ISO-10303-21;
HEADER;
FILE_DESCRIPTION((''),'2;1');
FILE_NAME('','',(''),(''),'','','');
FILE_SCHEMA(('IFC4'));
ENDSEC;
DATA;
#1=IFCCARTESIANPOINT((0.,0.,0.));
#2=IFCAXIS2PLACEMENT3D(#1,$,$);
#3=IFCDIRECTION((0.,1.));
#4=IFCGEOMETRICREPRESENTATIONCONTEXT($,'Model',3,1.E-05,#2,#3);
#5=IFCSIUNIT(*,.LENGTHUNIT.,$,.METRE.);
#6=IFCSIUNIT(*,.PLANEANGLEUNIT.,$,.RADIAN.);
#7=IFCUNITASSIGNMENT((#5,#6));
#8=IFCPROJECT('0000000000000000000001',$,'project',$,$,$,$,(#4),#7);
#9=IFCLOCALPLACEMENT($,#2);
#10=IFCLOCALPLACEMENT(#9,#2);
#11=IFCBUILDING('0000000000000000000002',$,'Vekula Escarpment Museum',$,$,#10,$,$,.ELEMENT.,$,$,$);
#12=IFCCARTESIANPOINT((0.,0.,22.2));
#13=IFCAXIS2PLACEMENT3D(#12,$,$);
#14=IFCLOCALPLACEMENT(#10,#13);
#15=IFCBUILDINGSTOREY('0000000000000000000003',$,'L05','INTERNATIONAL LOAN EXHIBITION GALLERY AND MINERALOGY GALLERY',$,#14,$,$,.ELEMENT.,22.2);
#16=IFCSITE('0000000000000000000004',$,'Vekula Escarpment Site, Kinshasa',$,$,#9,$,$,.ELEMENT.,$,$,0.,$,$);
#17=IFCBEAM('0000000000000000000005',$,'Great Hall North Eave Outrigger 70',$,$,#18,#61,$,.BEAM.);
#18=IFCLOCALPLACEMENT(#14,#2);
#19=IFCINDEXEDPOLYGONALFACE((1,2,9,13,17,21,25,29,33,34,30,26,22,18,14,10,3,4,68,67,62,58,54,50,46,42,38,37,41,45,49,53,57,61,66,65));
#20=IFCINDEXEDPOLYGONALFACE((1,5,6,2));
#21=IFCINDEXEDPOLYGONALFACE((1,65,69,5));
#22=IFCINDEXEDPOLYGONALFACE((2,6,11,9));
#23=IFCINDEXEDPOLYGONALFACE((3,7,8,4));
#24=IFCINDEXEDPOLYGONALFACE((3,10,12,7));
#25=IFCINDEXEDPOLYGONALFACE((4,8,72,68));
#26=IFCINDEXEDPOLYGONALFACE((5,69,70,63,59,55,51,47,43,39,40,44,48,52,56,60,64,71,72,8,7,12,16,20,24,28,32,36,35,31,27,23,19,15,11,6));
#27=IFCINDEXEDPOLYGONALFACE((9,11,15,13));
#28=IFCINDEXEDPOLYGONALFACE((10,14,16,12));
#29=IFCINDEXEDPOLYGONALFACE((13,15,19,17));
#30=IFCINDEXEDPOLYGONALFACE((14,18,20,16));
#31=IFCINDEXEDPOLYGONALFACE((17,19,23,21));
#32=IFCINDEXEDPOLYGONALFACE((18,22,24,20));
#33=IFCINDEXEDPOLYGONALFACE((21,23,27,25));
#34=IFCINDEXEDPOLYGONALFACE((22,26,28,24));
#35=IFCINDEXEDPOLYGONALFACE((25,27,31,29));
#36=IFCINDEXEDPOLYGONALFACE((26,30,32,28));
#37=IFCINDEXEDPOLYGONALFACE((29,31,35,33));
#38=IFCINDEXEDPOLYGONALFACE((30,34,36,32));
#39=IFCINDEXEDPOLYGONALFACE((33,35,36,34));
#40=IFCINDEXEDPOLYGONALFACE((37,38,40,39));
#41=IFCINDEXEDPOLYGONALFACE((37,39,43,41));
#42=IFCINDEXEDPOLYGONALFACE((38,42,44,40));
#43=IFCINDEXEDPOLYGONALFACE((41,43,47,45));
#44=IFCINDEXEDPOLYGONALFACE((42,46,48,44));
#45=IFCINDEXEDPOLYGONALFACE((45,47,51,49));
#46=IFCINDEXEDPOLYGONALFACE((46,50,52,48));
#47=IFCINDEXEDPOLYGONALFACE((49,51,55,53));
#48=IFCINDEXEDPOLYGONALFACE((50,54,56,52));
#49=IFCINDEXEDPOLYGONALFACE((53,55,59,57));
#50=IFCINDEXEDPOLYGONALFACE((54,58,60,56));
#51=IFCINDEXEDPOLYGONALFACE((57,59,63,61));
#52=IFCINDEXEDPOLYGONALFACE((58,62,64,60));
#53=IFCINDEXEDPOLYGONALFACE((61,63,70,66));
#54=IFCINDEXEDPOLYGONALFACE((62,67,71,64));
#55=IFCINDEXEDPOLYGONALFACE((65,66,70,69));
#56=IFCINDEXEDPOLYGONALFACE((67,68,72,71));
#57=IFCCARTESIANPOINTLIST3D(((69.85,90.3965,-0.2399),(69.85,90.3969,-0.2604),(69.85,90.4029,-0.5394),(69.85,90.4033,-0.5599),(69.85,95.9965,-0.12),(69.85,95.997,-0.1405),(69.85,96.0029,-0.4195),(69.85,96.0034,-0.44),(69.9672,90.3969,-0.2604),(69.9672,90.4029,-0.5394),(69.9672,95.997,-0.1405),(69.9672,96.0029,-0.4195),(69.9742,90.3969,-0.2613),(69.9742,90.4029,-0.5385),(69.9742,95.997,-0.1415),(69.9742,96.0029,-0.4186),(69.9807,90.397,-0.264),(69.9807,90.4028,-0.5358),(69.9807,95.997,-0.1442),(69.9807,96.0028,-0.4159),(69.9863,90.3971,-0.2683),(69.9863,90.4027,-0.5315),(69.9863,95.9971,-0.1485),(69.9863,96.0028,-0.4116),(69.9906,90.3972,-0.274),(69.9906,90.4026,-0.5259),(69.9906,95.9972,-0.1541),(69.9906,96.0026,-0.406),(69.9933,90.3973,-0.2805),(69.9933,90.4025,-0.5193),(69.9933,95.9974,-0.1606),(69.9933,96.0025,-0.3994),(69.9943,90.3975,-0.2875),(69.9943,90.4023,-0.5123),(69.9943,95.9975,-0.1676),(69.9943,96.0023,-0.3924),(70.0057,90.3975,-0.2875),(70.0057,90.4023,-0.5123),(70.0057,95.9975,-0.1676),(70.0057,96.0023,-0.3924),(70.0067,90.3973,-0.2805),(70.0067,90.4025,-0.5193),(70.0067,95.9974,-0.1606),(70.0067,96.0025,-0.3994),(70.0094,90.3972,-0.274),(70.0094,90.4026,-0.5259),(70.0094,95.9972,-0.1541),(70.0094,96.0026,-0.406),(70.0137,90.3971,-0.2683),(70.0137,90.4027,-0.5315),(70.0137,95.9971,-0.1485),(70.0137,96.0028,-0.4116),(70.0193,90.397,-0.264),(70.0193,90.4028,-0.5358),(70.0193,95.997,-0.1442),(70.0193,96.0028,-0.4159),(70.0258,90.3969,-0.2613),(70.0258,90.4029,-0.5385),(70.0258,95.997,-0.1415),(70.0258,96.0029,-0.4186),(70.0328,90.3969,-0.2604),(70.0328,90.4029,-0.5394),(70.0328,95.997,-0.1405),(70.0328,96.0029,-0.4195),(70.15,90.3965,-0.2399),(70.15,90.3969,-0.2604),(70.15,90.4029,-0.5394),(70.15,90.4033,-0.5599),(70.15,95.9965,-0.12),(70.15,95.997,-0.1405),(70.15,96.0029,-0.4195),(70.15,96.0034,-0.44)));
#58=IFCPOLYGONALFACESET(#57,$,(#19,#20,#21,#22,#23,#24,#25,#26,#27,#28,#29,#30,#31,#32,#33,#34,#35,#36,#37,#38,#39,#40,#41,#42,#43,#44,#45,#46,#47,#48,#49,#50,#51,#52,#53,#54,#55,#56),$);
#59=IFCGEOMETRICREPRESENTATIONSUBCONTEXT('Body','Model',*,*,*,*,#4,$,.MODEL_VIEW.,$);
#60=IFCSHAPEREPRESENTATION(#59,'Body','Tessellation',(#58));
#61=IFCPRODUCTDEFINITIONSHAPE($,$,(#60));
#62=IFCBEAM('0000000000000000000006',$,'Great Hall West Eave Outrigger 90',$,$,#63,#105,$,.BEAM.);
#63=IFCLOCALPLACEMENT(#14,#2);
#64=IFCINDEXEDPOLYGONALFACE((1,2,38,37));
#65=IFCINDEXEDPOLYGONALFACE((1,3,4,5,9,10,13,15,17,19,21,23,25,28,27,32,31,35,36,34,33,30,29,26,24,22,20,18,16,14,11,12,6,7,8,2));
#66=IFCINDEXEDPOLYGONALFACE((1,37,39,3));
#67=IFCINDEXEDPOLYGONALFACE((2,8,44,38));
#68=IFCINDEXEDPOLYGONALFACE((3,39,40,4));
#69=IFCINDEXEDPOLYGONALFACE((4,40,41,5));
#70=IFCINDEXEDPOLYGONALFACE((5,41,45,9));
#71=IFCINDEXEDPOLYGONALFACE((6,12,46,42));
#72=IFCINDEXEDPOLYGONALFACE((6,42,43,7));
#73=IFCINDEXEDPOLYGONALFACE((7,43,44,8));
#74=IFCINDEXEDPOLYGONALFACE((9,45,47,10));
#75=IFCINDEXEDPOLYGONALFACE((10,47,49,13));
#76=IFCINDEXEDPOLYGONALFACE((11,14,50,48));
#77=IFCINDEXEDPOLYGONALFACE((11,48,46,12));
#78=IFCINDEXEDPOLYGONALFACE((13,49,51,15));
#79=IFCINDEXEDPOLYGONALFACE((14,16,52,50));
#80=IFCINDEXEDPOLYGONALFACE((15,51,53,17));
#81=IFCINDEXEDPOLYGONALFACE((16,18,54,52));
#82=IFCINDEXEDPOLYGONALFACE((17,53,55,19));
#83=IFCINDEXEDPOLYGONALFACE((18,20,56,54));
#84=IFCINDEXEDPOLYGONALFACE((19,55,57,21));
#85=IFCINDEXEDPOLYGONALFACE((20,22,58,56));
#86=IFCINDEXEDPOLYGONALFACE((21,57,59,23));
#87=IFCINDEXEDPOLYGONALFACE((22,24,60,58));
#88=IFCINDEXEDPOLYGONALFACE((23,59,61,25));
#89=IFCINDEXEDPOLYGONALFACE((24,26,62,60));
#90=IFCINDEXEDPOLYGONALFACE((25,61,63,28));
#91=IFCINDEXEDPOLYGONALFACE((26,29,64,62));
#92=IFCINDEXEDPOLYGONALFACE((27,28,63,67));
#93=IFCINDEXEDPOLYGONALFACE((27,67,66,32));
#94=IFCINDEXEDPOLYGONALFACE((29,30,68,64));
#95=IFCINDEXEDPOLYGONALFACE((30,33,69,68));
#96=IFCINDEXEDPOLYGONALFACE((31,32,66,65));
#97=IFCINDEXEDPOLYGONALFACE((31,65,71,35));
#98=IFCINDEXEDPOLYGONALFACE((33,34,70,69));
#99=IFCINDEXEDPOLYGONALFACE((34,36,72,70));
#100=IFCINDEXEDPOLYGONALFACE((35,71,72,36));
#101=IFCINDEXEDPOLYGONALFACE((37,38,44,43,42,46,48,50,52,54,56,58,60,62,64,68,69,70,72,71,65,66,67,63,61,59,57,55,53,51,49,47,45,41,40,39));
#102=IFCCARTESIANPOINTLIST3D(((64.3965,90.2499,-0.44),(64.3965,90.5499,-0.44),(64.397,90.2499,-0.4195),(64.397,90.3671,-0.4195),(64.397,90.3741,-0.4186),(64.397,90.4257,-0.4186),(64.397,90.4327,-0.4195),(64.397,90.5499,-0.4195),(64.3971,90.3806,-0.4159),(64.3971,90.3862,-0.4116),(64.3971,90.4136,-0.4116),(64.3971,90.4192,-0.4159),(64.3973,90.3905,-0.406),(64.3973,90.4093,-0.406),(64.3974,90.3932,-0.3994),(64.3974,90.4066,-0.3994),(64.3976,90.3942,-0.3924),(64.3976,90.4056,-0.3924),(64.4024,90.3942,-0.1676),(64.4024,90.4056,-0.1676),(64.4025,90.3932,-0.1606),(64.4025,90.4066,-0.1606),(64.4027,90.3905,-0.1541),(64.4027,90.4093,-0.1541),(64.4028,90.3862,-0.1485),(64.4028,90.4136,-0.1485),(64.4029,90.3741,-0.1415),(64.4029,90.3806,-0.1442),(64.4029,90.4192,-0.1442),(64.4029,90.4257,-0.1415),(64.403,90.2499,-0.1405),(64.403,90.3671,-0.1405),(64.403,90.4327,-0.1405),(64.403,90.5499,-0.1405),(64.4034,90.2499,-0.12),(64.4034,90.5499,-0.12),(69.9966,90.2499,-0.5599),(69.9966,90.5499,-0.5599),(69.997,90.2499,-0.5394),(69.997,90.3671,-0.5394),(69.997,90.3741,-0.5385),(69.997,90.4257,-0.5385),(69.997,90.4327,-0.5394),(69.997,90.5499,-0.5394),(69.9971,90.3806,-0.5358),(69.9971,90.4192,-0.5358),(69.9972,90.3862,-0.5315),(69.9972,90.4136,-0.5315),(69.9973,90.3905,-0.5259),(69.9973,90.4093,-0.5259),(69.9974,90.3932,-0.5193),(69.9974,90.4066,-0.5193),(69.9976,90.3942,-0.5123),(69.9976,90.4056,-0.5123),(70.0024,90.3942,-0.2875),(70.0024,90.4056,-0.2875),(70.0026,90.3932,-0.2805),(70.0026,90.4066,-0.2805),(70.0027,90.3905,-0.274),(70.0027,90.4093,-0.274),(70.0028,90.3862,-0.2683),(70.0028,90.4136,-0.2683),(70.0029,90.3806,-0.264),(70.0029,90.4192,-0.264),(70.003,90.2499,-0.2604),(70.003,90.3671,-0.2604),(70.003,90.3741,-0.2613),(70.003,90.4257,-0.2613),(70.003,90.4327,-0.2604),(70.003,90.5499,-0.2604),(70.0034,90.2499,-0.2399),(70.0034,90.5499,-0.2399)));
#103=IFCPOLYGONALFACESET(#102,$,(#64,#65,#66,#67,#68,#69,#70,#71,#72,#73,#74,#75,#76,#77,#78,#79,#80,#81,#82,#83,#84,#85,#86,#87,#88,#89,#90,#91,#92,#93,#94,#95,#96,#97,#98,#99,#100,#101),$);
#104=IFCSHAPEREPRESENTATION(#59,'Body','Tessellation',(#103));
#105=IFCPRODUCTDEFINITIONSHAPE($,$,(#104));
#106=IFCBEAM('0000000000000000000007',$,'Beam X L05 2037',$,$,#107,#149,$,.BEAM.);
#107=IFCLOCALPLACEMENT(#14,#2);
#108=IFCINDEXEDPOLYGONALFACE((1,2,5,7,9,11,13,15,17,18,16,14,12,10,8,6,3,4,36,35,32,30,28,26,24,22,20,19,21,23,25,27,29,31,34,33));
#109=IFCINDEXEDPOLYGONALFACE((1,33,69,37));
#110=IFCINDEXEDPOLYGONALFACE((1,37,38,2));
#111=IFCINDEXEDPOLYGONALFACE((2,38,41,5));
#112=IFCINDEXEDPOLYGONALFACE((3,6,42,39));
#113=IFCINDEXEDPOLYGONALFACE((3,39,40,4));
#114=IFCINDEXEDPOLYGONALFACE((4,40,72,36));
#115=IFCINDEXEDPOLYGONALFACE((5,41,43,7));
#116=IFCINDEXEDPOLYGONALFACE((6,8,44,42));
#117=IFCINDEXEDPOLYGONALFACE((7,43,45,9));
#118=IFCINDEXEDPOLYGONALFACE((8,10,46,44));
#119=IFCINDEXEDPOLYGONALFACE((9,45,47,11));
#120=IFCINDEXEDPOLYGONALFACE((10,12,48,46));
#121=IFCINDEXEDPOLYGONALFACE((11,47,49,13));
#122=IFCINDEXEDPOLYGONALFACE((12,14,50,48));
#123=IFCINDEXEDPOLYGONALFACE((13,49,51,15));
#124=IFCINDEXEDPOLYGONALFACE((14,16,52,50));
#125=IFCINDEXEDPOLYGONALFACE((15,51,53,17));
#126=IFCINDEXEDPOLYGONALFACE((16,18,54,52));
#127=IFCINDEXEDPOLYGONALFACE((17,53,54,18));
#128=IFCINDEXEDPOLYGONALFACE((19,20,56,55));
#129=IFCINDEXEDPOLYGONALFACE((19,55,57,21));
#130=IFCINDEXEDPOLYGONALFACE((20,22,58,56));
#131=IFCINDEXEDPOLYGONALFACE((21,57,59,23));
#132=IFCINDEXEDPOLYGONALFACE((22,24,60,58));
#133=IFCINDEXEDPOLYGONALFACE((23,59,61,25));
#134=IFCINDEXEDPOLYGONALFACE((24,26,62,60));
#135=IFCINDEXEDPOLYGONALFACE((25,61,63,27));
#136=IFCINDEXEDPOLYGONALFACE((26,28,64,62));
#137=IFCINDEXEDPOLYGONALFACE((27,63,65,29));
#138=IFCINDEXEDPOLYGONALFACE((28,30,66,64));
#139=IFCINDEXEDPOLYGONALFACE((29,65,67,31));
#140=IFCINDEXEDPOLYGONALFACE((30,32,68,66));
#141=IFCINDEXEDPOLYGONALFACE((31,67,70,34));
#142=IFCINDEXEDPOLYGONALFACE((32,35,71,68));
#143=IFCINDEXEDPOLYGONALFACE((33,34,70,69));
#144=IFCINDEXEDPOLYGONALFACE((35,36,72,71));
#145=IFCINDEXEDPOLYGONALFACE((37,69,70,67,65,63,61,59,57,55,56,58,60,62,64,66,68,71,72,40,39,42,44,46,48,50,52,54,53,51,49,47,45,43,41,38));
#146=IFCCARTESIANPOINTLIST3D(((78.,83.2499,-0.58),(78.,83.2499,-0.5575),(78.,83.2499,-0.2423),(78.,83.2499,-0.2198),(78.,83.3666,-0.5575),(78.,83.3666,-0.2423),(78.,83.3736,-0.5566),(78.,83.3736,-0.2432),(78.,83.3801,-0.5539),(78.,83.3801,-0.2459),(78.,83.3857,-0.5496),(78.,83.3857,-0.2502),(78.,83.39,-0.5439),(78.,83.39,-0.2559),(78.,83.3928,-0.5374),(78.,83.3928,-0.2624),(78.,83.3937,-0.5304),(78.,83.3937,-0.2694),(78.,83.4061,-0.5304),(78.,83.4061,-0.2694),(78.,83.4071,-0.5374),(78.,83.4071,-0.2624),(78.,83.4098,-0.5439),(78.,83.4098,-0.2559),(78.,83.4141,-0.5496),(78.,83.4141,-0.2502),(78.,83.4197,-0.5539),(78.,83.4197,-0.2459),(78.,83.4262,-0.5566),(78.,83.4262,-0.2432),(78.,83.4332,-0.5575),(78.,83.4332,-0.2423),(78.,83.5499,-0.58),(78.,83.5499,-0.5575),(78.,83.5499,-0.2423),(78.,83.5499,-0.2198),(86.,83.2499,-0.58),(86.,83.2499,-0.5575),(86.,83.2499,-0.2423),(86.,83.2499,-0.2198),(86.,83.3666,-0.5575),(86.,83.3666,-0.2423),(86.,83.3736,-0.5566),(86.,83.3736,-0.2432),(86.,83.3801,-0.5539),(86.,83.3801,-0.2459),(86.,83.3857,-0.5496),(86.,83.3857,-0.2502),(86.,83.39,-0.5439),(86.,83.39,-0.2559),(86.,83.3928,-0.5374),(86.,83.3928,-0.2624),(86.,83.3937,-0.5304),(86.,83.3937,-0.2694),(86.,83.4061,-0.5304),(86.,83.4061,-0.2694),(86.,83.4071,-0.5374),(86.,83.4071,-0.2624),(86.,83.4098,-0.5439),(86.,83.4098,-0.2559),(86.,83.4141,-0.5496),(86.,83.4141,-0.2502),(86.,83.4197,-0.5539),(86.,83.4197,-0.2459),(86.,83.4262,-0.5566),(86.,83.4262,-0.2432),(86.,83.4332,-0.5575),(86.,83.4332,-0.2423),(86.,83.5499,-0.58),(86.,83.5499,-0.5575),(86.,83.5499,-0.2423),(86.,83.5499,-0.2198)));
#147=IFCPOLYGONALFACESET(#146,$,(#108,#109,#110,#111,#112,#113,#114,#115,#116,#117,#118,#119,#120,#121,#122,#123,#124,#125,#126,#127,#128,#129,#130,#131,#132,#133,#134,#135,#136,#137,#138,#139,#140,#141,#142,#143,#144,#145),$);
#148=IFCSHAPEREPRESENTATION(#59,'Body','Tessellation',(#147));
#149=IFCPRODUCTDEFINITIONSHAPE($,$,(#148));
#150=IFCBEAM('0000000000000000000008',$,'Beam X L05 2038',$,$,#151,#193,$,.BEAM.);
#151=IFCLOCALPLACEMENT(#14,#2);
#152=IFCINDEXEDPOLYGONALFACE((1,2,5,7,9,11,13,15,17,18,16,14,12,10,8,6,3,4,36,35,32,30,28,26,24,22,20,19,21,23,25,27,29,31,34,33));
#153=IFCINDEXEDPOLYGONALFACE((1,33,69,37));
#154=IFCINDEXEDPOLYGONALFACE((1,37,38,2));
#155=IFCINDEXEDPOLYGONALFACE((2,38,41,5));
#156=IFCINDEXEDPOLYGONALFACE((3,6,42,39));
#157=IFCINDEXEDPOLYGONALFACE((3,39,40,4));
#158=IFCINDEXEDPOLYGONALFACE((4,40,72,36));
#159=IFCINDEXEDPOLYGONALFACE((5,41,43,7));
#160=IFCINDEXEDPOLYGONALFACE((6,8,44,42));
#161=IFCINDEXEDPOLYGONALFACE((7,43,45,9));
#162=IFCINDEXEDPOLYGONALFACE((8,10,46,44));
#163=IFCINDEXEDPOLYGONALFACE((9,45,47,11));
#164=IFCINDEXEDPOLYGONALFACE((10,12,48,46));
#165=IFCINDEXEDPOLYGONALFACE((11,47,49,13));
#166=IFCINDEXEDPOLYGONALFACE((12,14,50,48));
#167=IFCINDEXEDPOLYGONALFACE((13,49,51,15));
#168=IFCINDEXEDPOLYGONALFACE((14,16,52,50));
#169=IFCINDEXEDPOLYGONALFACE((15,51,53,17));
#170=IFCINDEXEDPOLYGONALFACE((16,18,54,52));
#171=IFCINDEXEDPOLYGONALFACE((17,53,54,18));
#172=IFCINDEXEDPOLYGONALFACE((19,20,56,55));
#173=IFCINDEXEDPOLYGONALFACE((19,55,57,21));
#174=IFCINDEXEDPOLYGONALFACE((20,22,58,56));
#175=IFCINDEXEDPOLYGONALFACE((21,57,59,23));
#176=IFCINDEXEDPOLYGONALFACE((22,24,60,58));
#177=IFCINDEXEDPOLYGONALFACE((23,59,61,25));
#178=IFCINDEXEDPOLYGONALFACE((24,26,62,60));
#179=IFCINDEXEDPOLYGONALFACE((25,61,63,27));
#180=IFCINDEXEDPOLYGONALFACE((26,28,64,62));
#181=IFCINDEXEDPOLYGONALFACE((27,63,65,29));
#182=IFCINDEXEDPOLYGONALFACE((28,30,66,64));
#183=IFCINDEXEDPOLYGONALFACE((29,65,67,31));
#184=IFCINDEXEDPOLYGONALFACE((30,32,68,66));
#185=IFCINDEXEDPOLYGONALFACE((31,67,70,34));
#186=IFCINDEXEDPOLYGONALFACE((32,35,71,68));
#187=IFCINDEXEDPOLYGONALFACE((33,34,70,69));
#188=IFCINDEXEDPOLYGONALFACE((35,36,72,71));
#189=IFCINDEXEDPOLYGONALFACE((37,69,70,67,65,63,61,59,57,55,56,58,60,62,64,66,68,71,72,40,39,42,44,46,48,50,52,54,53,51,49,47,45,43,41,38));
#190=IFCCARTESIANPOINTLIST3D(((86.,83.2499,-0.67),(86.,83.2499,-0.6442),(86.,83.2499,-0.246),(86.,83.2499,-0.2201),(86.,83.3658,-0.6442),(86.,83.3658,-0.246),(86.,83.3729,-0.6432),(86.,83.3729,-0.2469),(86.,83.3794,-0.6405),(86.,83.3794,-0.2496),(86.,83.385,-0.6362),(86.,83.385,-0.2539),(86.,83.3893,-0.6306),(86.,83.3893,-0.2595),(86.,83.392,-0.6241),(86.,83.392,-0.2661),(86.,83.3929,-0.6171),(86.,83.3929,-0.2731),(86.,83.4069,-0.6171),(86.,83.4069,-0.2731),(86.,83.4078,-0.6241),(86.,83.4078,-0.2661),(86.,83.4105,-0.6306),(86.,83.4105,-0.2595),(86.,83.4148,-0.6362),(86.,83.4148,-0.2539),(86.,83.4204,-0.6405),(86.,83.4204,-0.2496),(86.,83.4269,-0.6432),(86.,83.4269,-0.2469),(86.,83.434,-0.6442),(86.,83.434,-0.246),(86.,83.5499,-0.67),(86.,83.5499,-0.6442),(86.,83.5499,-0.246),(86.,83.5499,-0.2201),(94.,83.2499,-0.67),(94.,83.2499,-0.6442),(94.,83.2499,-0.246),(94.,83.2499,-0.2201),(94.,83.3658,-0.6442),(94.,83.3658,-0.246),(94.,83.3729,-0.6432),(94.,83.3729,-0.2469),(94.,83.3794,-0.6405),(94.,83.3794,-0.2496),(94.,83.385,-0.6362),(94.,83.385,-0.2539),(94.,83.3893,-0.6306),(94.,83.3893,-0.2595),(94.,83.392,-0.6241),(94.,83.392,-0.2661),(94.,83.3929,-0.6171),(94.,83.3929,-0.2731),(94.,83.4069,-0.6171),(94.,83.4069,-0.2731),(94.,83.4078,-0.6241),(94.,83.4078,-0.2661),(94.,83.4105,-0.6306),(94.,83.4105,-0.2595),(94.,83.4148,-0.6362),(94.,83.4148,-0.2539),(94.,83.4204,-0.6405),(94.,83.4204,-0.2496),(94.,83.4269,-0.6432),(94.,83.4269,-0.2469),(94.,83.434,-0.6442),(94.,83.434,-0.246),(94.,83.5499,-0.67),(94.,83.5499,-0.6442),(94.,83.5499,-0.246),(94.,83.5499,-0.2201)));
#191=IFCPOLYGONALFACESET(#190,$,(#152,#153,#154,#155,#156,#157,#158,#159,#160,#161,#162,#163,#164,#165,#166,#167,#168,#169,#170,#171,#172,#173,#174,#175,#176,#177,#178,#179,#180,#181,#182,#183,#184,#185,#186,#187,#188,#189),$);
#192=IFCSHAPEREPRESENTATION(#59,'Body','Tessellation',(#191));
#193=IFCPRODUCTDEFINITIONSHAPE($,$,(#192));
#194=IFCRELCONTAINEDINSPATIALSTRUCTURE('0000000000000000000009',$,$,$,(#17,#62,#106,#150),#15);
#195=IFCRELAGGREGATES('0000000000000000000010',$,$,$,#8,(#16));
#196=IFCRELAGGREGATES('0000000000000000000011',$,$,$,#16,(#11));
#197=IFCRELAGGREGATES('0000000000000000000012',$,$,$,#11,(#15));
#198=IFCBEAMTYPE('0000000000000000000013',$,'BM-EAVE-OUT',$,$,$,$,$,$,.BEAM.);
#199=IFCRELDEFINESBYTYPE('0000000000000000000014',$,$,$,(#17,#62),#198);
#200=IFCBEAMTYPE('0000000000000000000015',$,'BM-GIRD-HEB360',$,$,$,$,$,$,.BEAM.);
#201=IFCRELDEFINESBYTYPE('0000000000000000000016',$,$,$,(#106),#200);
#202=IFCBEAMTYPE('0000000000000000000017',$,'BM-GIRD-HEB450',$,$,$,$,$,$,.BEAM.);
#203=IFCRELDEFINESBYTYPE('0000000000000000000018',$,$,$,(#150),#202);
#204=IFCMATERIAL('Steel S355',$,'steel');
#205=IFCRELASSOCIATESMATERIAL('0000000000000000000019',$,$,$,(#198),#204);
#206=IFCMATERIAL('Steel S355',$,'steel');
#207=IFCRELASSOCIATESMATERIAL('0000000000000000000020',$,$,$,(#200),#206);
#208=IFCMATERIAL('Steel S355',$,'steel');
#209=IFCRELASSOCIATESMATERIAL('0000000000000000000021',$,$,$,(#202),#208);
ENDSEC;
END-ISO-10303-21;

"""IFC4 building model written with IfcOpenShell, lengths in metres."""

from ifc_helpers import new_model, si_unit, direction, frame, origin, origin_2d, place, context, subcontext, project, spatial, i_section, extrude, material, material_profile, profile_set, type_object, element, save


model = new_model("IFC4")

# Units and contexts
model_context = context("Model", 3, precision=1e-05, world=origin(), true_north=direction((0.0, 1.0)))
body_context = subcontext(model_context, "Body", "Model", "MODEL_VIEW")
ifc_project = project(units=[si_unit("LENGTHUNIT", "METRE"), si_unit("PLANEANGLEUNIT", "RADIAN")], contexts=[model_context])

# Site, building, storey
site_placement = place(None, origin())
site = spatial("IfcSite", under=ifc_project, at=site_placement, Name="Vekula Escarpment Site, Kinshasa", CompositionType="ELEMENT", RefElevation=0.0)
building_placement = place(site_placement, origin())
building = spatial("IfcBuilding", under=site, at=building_placement, Name="Vekula Escarpment Museum", CompositionType="ELEMENT")
storey_placement = place(building_placement, frame((0.0, 0.0, 22.2)))
storey = spatial("IfcBuildingStorey", under=building, at=storey_placement, Name="L05", Description="INTERNATIONAL LOAN EXHIBITION GALLERY AND MINERALOGY GALLERY", CompositionType="ELEMENT", Elevation=22.2)

# Beams
ifc_material_1 = material(Name="Steel S355", Category="steel")
ifc_material_profile_1 = material_profile(ifc_material_1, i_section(OverallWidth=0.3, OverallDepth=0.3201, WebThickness=0.0115, FlangeThickness=0.0205, FilletRadius=0.0271, at=origin_2d()), Name="HEB 320")
ifc_profile_set_1 = profile_set([ifc_material_profile_1], Name="Steel S355")
beam_type_1 = type_object("IfcBeamType", Name="BM-EAVE-OUT", PredefinedType="BEAM", material=ifc_profile_set_1)
for number, where, z_axis, x_axis, name in (
    (1, (70.0, 90.3999, -0.3999), (0.0, 0.999771, 0.021401), (-1.0, 0.0, 0.0), "Great Hall North Eave Outrigger 70"),
    (2, (70.0, 90.3999, -0.3999), (-0.999771, 0.0, 0.021401), (0.0, -1.0, 0.0), "Great Hall West Eave Outrigger 90"),
):
    element("IfcBeam", number, at=place(storey_placement, frame(where, z_axis=z_axis, x_axis=x_axis)), inside=storey, type_object=beam_type_1, Name=name, PredefinedType="BEAM", context=body_context, shape_type="SweptSolid", body=[
        extrude(i_section(OverallWidth=0.3, OverallDepth=0.3201, WebThickness=0.0115, FlangeThickness=0.0205, FilletRadius=0.0271, at=origin_2d()), origin(), (0.0, 0.0, 1.0), 5.6013),
    ])
ifc_material_2 = material(Name="Steel S355", Category="steel")
ifc_material_profile_2 = material_profile(ifc_material_2, i_section(OverallWidth=0.3, OverallDepth=0.3601, WebThickness=0.0125, FlangeThickness=0.0225, FilletRadius=0.0271, at=origin_2d()), Name="HEB 360")
ifc_profile_set_2 = profile_set([ifc_material_profile_2], Name="Steel S355")
beam_type_2 = type_object("IfcBeamType", Name="BM-GIRD-HEB360", PredefinedType="BEAM", material=ifc_profile_set_2)
beam_1_placement = place(storey_placement, frame((78.0, 83.3999, -0.3999), z_axis=(1.0, 0.0, 0.0), x_axis=(0.0, 1.0, 0.0)))
element("IfcBeam", 3, at=beam_1_placement, inside=storey, type_object=beam_type_2, Name="Beam X L05 2037", PredefinedType="BEAM", context=body_context, shape_type="SweptSolid", body=[
    extrude(i_section(OverallWidth=0.3, OverallDepth=0.3601, WebThickness=0.0125, FlangeThickness=0.0225, FilletRadius=0.0271, at=origin_2d()), origin(), (0.0, 0.0, 1.0), 8.0),
])
ifc_material_3 = material(Name="Steel S355", Category="steel")
ifc_material_profile_3 = material_profile(ifc_material_3, i_section(OverallWidth=0.3, OverallDepth=0.45, WebThickness=0.0139, FlangeThickness=0.0259, FilletRadius=0.0271, at=origin_2d()), Name="HEB 450")
ifc_profile_set_3 = profile_set([ifc_material_profile_3], Name="Steel S355")
beam_type_3 = type_object("IfcBeamType", Name="BM-GIRD-HEB450", PredefinedType="BEAM", material=ifc_profile_set_3)
beam_2_placement = place(storey_placement, frame((86.0, 83.3999, -0.4451), z_axis=(1.0, 0.0, 0.0), x_axis=(0.0, 1.0, 0.0)))
element("IfcBeam", 4, at=beam_2_placement, inside=storey, type_object=beam_type_3, Name="Beam X L05 2038", PredefinedType="BEAM", context=body_context, shape_type="SweptSolid", body=[
    extrude(i_section(OverallWidth=0.3, OverallDepth=0.45, WebThickness=0.0139, FlangeThickness=0.0259, FilletRadius=0.0271, at=origin_2d()), origin(), (0.0, 0.0, 1.0), 8.0),
])

save(model, "model.ifc")
